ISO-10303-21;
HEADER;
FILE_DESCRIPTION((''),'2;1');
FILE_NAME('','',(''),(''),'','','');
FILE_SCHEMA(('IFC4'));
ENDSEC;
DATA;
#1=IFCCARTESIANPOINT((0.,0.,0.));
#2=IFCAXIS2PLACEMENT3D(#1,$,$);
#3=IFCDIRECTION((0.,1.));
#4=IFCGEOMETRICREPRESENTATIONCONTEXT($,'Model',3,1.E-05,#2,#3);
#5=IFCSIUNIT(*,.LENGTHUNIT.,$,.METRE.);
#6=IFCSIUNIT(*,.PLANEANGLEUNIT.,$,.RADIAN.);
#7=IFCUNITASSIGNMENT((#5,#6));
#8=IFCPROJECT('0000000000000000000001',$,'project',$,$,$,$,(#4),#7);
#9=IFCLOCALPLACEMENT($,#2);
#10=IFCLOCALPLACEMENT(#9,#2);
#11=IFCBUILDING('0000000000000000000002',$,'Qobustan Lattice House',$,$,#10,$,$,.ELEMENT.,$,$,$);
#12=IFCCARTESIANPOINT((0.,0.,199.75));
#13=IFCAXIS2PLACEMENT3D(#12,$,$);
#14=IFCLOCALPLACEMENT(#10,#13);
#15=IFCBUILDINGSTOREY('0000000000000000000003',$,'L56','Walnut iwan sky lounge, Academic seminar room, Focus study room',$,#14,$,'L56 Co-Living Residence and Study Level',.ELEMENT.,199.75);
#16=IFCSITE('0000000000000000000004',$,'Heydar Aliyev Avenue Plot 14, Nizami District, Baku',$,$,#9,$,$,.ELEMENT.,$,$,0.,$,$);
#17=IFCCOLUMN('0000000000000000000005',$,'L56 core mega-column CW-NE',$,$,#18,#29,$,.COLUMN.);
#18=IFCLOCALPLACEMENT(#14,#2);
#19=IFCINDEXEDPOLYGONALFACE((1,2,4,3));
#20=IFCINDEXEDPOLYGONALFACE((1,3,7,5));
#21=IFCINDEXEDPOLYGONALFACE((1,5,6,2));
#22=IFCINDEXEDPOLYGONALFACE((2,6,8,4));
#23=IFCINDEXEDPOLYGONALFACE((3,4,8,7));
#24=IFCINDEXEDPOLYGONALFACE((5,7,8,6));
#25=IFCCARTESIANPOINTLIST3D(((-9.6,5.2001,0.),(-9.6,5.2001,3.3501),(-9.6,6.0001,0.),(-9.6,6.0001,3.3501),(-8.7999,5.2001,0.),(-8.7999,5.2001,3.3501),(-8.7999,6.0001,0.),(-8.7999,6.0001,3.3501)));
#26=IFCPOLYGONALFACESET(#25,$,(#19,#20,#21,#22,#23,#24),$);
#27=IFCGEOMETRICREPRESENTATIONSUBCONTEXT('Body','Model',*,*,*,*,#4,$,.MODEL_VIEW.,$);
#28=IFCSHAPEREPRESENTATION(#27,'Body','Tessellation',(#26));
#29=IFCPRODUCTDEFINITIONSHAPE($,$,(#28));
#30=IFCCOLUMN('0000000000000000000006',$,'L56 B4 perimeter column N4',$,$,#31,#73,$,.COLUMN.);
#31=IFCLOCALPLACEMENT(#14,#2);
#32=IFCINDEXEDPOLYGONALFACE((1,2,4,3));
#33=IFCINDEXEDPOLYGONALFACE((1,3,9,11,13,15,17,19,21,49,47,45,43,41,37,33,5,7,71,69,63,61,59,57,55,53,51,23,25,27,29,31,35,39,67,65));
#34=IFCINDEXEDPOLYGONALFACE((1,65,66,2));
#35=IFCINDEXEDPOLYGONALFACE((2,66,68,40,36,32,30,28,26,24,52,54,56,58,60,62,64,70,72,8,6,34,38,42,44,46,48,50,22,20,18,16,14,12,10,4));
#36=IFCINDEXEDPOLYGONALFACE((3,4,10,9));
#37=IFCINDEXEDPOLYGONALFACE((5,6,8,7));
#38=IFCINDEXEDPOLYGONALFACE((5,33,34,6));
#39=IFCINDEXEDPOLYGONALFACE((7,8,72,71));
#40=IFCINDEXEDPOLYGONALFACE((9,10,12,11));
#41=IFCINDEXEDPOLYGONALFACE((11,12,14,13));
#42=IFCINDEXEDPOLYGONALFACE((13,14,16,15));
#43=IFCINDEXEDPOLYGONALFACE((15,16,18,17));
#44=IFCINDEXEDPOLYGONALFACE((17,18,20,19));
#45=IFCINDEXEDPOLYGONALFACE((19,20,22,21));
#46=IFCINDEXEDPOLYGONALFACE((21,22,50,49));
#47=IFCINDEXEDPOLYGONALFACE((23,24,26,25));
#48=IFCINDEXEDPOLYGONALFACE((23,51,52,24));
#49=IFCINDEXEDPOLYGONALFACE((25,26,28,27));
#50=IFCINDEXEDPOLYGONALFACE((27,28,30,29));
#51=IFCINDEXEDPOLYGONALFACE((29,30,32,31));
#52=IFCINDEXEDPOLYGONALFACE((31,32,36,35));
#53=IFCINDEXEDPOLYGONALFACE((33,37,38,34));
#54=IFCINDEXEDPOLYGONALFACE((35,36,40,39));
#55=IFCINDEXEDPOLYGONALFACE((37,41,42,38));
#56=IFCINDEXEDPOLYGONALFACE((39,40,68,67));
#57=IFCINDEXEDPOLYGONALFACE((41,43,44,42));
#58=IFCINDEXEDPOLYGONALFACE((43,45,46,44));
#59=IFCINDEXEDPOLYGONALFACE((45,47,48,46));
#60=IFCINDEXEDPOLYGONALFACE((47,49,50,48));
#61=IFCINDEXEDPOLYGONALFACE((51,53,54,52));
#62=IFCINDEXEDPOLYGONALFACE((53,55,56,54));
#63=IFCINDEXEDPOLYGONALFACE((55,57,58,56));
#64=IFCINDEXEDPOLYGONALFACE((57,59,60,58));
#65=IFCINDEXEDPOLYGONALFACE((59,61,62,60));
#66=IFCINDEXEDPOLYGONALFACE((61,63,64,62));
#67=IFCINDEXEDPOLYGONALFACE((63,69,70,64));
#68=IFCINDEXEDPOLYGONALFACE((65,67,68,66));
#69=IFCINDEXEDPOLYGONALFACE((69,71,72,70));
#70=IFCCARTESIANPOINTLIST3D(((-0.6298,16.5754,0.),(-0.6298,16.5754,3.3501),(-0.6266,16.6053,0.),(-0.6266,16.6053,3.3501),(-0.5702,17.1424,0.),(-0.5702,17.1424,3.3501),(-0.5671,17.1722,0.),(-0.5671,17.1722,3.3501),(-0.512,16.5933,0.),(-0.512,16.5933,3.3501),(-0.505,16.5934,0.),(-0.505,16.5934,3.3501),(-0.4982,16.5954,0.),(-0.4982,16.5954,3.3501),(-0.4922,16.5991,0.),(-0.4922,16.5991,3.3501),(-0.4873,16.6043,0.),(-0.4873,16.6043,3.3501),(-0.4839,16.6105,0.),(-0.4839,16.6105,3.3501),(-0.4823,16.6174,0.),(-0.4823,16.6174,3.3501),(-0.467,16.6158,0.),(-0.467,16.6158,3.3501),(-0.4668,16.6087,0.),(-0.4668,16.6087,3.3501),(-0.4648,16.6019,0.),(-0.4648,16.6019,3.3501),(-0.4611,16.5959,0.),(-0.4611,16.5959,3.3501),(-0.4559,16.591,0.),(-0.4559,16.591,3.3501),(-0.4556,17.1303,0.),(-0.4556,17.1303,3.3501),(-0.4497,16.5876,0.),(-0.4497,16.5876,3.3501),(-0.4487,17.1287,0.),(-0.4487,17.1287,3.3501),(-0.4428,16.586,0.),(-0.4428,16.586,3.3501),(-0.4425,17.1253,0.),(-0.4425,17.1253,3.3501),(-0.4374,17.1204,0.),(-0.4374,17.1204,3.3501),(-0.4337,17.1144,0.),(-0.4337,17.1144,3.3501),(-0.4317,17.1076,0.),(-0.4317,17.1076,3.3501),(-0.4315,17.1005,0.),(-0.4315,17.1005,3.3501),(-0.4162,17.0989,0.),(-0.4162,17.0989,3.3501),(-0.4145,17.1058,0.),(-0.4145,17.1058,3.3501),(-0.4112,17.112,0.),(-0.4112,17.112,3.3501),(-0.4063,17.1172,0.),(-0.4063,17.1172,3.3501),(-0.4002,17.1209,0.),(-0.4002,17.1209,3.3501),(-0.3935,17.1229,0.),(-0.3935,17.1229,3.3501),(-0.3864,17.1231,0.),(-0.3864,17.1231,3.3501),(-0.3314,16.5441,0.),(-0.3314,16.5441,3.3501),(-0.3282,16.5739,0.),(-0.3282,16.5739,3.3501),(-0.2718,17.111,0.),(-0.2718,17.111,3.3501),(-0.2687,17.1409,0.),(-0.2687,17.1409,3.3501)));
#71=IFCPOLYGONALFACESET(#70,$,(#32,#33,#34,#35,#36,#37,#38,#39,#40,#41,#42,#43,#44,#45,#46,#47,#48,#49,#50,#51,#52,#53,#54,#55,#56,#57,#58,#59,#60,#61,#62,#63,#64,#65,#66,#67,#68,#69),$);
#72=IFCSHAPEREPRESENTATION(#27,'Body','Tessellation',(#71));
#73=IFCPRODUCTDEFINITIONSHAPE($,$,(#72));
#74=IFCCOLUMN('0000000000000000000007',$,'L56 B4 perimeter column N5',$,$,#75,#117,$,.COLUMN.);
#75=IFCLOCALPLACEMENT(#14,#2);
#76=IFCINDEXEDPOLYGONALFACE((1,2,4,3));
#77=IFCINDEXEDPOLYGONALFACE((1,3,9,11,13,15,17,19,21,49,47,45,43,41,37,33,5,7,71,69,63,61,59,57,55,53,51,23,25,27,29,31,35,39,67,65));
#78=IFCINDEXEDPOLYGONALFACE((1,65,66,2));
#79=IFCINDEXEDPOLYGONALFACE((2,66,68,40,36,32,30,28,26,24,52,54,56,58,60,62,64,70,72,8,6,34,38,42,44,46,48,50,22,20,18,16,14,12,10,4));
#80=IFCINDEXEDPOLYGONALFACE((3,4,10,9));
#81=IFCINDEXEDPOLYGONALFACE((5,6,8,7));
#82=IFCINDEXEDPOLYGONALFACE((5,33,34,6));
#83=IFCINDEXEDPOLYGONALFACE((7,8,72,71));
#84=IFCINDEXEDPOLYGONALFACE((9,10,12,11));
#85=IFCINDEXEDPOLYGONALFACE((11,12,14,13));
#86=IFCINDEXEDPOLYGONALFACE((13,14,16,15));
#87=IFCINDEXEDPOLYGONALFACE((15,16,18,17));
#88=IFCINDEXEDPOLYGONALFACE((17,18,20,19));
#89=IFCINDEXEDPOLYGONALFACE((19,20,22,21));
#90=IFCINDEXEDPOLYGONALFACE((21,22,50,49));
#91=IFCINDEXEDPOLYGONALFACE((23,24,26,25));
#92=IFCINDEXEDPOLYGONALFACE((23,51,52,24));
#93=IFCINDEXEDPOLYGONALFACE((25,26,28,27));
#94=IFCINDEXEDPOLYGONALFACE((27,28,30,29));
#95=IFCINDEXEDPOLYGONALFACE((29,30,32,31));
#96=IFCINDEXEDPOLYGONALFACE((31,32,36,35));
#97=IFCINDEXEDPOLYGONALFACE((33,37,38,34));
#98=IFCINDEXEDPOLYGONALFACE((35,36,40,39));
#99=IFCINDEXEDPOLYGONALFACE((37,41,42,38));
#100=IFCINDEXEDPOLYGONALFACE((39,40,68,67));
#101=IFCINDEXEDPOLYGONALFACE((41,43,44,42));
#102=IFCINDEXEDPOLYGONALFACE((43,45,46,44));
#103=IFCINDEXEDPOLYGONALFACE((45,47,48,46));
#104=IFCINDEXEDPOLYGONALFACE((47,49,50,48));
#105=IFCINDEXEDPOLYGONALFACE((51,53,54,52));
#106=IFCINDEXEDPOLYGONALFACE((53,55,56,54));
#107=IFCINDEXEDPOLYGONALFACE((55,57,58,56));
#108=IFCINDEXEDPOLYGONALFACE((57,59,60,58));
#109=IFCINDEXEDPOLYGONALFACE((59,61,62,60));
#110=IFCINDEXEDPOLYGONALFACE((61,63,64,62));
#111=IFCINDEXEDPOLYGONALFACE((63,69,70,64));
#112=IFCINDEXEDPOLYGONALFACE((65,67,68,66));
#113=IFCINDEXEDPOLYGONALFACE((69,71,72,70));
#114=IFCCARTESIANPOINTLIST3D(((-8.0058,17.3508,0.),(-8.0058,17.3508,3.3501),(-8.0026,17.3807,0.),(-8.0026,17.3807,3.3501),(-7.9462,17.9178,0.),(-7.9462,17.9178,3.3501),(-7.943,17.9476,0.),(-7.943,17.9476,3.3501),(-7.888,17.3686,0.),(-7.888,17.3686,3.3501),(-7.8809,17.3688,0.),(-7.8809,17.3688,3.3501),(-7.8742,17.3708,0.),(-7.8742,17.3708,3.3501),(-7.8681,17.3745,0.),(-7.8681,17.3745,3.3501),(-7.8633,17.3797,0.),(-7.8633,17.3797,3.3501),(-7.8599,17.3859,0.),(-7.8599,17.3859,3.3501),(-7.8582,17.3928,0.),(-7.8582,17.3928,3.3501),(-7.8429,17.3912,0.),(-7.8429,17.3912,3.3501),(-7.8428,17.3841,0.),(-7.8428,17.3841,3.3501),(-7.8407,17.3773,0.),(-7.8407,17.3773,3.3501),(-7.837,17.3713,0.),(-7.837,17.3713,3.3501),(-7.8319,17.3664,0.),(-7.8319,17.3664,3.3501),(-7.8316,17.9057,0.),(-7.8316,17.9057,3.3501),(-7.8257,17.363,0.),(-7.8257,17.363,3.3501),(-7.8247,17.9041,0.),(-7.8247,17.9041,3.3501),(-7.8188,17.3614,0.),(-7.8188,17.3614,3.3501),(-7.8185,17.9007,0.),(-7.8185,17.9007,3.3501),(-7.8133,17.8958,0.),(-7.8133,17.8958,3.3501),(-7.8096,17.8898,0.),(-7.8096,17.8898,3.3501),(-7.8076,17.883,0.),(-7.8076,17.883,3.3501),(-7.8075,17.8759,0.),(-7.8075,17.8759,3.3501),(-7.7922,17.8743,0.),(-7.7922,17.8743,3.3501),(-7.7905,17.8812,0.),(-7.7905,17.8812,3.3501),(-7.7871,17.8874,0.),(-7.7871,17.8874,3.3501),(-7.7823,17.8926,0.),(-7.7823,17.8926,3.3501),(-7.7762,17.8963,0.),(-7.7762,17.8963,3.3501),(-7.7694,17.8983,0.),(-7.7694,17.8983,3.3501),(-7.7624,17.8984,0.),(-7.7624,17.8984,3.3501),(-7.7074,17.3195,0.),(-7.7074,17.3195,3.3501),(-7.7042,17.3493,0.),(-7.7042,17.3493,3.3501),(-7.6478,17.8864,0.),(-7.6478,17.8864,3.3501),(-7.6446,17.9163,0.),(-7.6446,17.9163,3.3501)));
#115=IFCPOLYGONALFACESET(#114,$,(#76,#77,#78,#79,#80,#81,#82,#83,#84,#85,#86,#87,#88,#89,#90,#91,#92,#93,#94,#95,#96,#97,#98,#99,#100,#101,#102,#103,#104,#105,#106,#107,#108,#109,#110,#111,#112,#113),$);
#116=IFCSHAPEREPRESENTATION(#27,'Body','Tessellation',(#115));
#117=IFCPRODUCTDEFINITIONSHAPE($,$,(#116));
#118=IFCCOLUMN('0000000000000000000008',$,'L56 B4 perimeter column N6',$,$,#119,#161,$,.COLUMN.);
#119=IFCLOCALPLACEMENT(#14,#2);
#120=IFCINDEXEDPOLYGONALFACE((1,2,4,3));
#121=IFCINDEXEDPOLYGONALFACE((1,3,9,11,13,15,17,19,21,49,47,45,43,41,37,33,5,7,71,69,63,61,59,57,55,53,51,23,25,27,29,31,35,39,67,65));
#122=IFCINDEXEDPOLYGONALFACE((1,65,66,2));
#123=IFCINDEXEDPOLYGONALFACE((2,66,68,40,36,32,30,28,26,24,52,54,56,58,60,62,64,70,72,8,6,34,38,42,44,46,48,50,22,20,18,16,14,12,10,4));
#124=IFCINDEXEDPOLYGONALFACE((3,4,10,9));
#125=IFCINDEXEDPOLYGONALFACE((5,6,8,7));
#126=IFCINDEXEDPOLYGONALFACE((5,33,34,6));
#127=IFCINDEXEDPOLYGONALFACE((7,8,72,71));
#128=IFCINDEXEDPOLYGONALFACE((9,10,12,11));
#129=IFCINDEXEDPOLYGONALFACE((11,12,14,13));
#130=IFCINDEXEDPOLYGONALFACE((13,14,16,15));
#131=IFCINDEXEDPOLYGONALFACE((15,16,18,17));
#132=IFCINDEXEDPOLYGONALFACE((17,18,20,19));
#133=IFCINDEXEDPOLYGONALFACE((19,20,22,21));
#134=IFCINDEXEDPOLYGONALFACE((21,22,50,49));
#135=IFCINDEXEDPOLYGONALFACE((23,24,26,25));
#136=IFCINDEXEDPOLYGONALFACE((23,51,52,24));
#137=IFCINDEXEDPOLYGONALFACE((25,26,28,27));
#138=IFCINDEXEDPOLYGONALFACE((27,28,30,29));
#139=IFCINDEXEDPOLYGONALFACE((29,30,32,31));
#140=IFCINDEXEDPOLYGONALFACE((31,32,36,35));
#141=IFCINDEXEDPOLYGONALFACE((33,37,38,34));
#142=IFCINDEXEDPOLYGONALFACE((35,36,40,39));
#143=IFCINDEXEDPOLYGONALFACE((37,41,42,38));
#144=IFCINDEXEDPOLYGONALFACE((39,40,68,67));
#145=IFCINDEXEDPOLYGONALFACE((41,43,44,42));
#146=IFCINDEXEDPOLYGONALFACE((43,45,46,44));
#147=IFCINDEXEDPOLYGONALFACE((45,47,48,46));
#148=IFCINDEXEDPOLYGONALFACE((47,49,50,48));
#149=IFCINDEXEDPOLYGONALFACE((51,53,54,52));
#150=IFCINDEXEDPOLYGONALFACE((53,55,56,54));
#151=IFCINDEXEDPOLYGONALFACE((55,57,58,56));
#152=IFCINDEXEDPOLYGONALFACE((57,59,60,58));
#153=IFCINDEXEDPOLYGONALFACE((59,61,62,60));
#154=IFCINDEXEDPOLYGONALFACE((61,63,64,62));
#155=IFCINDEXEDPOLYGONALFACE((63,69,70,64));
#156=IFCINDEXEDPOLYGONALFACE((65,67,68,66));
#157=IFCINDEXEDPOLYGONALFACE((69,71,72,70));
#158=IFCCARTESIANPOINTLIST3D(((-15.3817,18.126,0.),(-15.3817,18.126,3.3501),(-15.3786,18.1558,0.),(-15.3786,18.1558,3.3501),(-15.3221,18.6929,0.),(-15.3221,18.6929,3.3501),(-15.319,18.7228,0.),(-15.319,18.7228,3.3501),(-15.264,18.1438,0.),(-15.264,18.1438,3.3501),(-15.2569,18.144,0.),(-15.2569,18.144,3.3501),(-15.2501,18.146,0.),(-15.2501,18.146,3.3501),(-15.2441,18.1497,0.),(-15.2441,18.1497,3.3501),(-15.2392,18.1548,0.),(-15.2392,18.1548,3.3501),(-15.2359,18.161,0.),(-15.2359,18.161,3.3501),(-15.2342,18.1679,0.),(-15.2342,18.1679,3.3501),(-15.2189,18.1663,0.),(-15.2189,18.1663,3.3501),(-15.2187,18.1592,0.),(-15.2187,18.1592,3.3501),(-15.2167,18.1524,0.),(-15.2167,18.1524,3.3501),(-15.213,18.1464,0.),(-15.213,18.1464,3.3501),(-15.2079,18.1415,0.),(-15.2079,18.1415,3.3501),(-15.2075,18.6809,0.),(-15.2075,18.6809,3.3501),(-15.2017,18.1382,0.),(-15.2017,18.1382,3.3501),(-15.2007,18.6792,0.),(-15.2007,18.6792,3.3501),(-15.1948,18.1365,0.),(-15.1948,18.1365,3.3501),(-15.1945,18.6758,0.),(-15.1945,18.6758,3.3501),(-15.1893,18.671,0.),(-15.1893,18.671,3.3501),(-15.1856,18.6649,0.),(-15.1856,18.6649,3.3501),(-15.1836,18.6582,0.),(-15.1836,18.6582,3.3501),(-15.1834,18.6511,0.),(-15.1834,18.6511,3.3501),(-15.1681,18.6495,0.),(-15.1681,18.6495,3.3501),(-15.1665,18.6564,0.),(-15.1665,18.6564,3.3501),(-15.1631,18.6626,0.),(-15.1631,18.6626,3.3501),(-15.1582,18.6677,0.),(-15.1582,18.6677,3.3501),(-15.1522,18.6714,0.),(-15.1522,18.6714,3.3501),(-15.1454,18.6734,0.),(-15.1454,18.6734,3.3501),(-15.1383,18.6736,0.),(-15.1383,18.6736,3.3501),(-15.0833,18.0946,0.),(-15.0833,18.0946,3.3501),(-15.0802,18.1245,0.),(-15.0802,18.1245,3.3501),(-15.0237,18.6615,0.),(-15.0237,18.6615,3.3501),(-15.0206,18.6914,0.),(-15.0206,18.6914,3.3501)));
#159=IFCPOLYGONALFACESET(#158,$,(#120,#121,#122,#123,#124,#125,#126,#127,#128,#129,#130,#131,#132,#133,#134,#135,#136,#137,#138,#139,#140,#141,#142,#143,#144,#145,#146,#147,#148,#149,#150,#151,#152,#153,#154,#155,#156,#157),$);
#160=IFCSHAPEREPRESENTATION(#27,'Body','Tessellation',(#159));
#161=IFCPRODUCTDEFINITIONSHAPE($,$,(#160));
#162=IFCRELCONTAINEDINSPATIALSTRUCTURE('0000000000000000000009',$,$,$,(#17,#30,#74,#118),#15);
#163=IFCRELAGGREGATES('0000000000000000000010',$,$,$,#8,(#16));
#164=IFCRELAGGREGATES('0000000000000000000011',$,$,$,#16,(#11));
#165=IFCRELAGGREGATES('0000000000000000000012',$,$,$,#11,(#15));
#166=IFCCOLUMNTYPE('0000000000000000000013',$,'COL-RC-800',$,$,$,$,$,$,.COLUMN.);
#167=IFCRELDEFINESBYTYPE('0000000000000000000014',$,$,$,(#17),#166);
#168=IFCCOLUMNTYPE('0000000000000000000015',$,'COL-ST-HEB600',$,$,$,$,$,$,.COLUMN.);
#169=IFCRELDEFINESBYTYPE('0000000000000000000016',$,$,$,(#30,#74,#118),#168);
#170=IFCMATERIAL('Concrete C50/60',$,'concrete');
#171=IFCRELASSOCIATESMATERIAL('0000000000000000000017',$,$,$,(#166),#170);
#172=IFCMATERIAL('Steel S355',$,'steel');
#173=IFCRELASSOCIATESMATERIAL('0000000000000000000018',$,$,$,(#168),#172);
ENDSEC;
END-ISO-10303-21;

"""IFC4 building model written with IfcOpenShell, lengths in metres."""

from ifc_helpers import new_model, si_unit, direction, frame, origin, origin_2d, place, context, subcontext, project, spatial, rectangle, i_section, extrude, material, material_profile, profile_set, type_object, element, save


model = new_model("IFC4")

# Units and contexts
model_context = context("Model", 3, precision=1e-05, world=origin(), true_north=direction((0.0, 1.0)))
body_context = subcontext(model_context, "Body", "Model", "MODEL_VIEW")
ifc_project = project(units=[si_unit("LENGTHUNIT", "METRE"), si_unit("PLANEANGLEUNIT", "RADIAN")], contexts=[model_context])

# Site, building, storey
site_placement = place(None, origin())
site = spatial("IfcSite", under=ifc_project, at=site_placement, Name="Heydar Aliyev Avenue Plot 14, Nizami District, Baku", CompositionType="ELEMENT", RefElevation=0.0)
building_placement = place(site_placement, origin())
building = spatial("IfcBuilding", under=site, at=building_placement, Name="Qobustan Lattice House", CompositionType="ELEMENT")
storey_placement = place(building_placement, frame((0.0, 0.0, 199.75)))
storey = spatial("IfcBuildingStorey", under=building, at=storey_placement, Name="L56", Description="Walnut iwan sky lounge, Academic seminar room, Focus study room", LongName="L56 Co-Living Residence and Study Level", CompositionType="ELEMENT", Elevation=199.75)

# Columns
ifc_material_1 = material(Name="Concrete C50/60", Category="concrete")
ifc_material_profile_1 = material_profile(ifc_material_1, rectangle(XDim=0.8, YDim=0.8, at=origin_2d()), Name="RC800x800")
ifc_profile_set_1 = profile_set([ifc_material_profile_1], Name="Concrete C50/60")
column_type_1 = type_object("IfcColumnType", Name="COL-RC-800", PredefinedType="COLUMN", material=ifc_profile_set_1)
column_placement = place(storey_placement, frame((-9.2, 5.6001, 0.0), z_axis=(0.0, 0.0, 1.0), x_axis=(1.0, 0.0, 0.0)))
element("IfcColumn", 1, at=column_placement, inside=storey, type_object=column_type_1, Name="L56 core mega-column CW-NE", PredefinedType="COLUMN", context=body_context, shape_type="SweptSolid", body=[
    extrude(rectangle(XDim=0.8, YDim=0.8, at=origin_2d()), origin(), (0.0, 0.0, 1.0), 3.3501),
])
ifc_material_2 = material(Name="Steel S355", Category="steel")
ifc_material_profile_2 = material_profile(ifc_material_2, i_section(OverallWidth=0.3, OverallDepth=0.6001, WebThickness=0.0154, FlangeThickness=0.03, FilletRadius=0.0271, at=origin_2d()), Name="HEB600")
ifc_profile_set_2 = profile_set([ifc_material_profile_2], Name="Steel S355")
column_type_2 = type_object("IfcColumnType", Name="COL-ST-HEB600", PredefinedType="COLUMN", material=ifc_profile_set_2)
for number, where, z_axis, x_axis, name in (
    (2, (-0.4492, 16.8582, 0.0), (0.0, 0.0, 1.0), (0.994522, -0.104528, 0.0), "L56 B4 perimeter column N4"),
    (3, (-7.8252, 17.6335, 0.0), (0.0, 0.0, 1.0), (0.994522, -0.104528, 0.0), "L56 B4 perimeter column N5"),
    (4, (-15.2012, 18.4087, 0.0), (0.0, 0.0, 1.0), (0.994522, -0.104528, 0.0), "L56 B4 perimeter column N6"),
):
    element("IfcColumn", number, at=place(storey_placement, frame(where, z_axis=z_axis, x_axis=x_axis)), inside=storey, type_object=column_type_2, Name=name, PredefinedType="COLUMN", context=body_context, shape_type="SweptSolid", body=[
        extrude(i_section(OverallWidth=0.3, OverallDepth=0.6001, WebThickness=0.0154, FlangeThickness=0.03, FilletRadius=0.0271, at=origin_2d()), origin(), (0.0, 0.0, 1.0), 3.3501),
    ])

save(model, "model.ifc")
